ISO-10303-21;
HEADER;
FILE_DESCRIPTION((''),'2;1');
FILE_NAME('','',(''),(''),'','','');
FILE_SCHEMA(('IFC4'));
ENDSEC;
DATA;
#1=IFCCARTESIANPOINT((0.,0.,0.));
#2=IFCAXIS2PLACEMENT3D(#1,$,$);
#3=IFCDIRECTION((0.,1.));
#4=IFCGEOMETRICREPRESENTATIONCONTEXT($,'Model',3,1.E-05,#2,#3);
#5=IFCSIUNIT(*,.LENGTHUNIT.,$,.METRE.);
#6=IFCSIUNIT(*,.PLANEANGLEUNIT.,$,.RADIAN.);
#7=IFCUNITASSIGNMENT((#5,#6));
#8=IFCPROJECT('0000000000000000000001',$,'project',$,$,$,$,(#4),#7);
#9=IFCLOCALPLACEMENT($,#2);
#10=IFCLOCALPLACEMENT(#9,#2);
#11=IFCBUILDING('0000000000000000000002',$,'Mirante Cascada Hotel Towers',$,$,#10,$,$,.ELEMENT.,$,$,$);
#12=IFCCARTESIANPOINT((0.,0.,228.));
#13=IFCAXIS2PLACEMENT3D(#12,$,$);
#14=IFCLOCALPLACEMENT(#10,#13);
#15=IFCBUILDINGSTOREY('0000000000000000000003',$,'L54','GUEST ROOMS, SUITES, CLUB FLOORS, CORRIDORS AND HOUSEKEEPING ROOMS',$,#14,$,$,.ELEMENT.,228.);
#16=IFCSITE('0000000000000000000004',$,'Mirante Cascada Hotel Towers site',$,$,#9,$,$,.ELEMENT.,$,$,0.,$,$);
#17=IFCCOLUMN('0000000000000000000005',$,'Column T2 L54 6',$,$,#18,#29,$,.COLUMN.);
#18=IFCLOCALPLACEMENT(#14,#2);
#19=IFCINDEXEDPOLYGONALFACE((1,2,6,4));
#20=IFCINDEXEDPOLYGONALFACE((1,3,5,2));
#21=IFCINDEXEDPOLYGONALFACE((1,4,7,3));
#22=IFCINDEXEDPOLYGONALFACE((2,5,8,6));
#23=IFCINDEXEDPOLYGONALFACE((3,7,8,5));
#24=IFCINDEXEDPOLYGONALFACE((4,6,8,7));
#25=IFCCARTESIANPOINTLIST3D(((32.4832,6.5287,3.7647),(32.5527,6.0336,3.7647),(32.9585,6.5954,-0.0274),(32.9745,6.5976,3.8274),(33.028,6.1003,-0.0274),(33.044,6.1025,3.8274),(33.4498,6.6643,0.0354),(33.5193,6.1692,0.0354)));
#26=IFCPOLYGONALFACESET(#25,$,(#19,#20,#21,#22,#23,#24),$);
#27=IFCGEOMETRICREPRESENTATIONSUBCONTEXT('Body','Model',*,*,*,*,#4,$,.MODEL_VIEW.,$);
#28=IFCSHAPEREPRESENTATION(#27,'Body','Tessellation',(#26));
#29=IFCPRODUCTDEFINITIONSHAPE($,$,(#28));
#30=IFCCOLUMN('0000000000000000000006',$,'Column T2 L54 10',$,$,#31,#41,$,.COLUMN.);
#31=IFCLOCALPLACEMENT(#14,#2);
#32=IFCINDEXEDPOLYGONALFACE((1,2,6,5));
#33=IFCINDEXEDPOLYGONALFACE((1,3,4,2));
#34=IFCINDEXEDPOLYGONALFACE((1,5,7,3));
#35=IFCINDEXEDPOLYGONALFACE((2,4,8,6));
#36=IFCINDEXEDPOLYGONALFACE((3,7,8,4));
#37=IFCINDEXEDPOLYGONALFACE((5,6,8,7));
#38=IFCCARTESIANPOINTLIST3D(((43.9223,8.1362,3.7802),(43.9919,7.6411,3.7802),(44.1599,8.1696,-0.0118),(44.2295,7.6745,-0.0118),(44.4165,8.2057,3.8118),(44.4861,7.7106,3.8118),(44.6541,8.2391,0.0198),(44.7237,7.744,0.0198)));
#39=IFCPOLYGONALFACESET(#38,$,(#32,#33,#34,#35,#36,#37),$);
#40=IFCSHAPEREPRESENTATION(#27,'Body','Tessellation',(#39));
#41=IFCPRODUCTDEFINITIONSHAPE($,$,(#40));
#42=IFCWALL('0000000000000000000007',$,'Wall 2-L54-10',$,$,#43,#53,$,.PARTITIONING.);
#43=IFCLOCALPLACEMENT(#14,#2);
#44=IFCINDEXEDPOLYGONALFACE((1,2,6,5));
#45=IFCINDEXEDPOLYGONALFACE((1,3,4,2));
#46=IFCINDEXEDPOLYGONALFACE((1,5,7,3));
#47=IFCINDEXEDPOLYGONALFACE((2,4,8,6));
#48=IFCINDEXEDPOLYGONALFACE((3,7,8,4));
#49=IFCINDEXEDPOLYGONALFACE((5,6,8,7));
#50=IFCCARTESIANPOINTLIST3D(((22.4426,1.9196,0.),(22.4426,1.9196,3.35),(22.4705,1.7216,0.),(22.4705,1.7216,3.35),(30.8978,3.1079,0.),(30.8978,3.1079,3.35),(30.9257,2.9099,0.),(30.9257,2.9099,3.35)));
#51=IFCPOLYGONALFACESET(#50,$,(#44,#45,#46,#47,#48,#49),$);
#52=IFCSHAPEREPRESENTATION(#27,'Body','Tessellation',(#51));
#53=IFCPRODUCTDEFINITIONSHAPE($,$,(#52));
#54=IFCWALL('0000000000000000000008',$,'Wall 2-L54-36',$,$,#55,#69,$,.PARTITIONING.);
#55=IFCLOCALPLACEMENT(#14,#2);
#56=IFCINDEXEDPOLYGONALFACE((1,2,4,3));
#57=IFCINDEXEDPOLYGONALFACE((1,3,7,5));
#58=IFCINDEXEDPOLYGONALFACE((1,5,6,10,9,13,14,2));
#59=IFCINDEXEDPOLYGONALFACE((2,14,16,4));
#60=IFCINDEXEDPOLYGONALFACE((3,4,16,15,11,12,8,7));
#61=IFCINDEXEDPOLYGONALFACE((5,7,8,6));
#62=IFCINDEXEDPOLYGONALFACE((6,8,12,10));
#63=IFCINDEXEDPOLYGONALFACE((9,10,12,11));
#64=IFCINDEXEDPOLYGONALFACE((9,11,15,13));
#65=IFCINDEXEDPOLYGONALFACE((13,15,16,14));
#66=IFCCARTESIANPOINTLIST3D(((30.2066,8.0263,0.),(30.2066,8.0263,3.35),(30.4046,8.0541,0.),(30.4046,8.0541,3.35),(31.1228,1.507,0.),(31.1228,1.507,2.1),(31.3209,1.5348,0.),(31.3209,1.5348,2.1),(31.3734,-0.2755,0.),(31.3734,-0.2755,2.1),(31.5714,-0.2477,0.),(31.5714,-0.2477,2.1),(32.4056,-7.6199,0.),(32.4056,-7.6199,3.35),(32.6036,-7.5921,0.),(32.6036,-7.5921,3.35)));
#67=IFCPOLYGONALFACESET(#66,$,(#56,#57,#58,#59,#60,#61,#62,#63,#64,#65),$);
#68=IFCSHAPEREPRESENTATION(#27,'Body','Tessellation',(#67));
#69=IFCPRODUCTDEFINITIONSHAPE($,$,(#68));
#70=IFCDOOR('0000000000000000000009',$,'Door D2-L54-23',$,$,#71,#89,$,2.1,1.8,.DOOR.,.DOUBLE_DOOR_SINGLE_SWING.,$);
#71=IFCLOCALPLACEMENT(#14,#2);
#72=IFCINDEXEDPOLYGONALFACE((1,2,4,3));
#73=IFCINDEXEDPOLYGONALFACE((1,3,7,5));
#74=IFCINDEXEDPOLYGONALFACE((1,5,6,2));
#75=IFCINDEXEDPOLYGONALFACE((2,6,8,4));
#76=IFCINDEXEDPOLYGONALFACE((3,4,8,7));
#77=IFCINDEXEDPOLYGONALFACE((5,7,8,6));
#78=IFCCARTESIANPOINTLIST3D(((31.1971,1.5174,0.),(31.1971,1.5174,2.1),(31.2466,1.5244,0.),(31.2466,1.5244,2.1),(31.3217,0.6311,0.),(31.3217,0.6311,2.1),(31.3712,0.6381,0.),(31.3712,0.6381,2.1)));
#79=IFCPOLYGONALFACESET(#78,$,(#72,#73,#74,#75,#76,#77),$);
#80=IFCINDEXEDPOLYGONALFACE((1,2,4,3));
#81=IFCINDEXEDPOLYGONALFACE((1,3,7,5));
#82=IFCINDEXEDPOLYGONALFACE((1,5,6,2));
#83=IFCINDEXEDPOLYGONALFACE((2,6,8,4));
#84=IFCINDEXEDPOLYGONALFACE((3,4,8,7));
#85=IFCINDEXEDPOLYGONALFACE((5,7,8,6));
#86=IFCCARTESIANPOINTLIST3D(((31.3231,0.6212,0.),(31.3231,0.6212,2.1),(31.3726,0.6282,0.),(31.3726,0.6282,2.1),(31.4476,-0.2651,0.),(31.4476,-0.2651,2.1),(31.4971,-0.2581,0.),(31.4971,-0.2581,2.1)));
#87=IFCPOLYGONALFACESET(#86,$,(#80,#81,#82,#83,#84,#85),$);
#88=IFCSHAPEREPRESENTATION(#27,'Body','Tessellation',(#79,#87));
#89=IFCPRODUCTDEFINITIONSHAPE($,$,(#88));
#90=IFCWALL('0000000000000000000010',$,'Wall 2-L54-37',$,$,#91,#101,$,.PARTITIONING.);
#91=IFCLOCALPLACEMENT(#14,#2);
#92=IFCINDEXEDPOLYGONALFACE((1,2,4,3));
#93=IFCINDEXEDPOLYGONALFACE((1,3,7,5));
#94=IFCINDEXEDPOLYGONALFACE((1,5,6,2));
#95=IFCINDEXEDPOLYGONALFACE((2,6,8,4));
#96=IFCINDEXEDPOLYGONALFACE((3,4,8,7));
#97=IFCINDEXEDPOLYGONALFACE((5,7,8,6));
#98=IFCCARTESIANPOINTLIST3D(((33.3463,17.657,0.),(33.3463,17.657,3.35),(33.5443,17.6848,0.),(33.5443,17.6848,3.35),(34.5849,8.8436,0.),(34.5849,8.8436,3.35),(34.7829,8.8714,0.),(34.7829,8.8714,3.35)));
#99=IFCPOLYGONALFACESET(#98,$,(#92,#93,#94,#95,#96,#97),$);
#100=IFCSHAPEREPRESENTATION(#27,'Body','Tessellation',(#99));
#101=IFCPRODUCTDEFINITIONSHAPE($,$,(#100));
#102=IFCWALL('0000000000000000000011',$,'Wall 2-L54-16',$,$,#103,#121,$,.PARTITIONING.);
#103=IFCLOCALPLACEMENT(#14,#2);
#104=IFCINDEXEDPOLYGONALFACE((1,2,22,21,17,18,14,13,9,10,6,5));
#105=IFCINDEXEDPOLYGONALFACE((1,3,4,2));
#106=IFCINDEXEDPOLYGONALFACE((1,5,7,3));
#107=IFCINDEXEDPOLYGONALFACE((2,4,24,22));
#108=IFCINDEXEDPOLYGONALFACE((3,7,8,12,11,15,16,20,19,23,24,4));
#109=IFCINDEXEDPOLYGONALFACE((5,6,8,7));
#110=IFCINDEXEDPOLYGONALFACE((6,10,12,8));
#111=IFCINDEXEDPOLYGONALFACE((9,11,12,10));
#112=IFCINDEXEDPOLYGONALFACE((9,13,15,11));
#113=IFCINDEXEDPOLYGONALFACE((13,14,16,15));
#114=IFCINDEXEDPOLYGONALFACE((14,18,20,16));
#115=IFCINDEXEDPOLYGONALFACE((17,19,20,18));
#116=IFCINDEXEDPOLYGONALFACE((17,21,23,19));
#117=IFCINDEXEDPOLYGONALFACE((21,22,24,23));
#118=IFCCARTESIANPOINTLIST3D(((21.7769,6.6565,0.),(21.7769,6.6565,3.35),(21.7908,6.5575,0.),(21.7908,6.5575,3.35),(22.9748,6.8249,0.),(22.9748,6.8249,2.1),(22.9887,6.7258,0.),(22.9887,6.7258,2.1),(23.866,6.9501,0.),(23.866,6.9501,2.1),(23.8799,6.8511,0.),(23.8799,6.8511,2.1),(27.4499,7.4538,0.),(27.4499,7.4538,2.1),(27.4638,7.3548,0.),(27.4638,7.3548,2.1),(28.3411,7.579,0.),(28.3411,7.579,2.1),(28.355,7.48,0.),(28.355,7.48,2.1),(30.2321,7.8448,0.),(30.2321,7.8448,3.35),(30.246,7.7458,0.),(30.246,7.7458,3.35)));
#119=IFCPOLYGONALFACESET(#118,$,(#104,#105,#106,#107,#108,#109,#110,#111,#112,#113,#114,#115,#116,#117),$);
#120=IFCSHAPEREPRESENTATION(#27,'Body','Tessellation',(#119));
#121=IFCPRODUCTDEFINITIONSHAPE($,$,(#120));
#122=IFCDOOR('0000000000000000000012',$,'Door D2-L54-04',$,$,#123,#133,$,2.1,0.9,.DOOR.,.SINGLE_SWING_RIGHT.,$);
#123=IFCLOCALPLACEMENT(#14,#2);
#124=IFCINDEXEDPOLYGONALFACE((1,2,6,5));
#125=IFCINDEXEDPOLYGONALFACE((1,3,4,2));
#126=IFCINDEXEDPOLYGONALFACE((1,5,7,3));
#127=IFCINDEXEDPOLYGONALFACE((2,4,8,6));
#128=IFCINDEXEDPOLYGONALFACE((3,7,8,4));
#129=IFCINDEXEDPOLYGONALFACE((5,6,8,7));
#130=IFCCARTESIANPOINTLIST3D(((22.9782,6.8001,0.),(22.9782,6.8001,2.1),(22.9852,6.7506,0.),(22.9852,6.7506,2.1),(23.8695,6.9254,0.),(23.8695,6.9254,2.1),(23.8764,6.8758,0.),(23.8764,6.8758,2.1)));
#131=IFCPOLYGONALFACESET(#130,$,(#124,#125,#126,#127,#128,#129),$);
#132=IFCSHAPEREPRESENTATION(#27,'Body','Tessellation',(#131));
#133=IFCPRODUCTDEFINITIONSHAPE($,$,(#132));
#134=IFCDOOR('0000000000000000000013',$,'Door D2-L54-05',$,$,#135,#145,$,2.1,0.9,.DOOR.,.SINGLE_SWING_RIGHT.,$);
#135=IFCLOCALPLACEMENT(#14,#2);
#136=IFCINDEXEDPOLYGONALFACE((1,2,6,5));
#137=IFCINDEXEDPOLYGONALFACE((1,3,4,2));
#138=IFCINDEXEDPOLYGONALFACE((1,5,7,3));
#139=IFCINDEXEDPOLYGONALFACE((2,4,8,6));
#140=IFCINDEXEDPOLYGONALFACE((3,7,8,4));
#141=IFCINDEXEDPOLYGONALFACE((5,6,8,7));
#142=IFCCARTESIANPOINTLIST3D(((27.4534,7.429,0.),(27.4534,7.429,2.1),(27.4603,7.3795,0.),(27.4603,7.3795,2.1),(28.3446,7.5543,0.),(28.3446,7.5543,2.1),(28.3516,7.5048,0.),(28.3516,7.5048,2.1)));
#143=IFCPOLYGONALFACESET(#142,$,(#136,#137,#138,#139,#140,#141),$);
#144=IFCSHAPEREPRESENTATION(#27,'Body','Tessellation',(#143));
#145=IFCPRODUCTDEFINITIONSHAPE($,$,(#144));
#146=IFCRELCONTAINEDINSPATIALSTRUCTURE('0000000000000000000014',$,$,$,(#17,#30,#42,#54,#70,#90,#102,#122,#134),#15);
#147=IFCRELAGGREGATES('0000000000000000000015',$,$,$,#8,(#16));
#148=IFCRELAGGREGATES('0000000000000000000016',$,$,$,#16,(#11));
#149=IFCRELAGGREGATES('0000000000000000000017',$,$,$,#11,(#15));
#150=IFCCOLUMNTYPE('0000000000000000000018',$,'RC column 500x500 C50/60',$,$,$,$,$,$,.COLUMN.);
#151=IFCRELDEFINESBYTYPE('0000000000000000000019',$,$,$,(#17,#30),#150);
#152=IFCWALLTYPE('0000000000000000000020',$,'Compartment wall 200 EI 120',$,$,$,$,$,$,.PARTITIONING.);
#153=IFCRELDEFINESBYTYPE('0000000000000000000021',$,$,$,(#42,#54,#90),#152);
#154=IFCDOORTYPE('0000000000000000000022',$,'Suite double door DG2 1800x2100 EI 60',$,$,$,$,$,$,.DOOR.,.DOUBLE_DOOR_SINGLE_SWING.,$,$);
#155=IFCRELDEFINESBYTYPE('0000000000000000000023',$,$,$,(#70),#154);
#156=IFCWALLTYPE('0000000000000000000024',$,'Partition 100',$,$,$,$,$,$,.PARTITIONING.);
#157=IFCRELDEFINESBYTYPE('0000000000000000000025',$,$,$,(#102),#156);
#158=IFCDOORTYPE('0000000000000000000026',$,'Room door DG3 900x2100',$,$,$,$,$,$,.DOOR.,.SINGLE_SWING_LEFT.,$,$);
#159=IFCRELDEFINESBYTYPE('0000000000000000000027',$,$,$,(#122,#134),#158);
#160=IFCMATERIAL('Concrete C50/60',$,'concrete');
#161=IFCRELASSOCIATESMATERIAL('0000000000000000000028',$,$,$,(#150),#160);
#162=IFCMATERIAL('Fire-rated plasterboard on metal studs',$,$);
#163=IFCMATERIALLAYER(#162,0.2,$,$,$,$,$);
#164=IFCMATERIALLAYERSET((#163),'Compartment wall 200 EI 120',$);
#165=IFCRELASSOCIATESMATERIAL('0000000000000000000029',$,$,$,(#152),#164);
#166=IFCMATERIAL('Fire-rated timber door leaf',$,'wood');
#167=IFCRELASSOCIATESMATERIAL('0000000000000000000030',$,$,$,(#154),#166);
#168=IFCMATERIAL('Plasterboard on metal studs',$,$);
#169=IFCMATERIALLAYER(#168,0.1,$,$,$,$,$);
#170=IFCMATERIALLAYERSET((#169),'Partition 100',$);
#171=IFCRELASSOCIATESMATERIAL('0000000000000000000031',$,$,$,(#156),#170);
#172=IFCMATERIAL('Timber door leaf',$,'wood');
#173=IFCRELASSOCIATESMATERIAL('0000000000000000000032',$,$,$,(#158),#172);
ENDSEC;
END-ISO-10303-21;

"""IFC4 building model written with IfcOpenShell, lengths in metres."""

from ifc_helpers import new_model, si_unit, direction, frame, frame_2d, origin, origin_2d, place, context, subcontext, project, spatial, rectangle, extrude, material, layer, layer_set, material_profile, profile_set, type_object, element, fill, save


model = new_model("IFC4")

# Units and contexts
model_context = context("Model", 3, precision=1e-05, world=origin(), true_north=direction((0.0, 1.0)))
body_context = subcontext(model_context, "Body", "Model", "MODEL_VIEW")
ifc_project = project(units=[si_unit("LENGTHUNIT", "METRE"), si_unit("PLANEANGLEUNIT", "RADIAN")], contexts=[model_context])

# Site, building, storey
site_placement = place(None, origin())
site = spatial("IfcSite", under=ifc_project, at=site_placement, Name="Mirante Cascada Hotel Towers site", CompositionType="ELEMENT", RefElevation=0.0)
building_placement = place(site_placement, origin())
building = spatial("IfcBuilding", under=site, at=building_placement, Name="Mirante Cascada Hotel Towers", CompositionType="ELEMENT")
storey_placement = place(building_placement, frame((0.0, 0.0, 228.0)))
storey = spatial("IfcBuildingStorey", under=building, at=storey_placement, Name="L54", Description="GUEST ROOMS, SUITES, CLUB FLOORS, CORRIDORS AND HOUSEKEEPING ROOMS", CompositionType="ELEMENT", Elevation=228.0)

# Columns
ifc_material_1 = material(Name="Concrete C50/60", Category="concrete")
ifc_material_profile = material_profile(ifc_material_1, rectangle(XDim=0.5, YDim=0.5, at=origin_2d()), Name="RC column 500x500 C50/60")
ifc_profile_set = profile_set([ifc_material_profile], Name="Concrete C50/60")
column_type = type_object("IfcColumnType", Name="RC column 500x500 C50/60", PredefinedType="COLUMN", material=ifc_profile_set)
column_1_placement = place(storey_placement, frame((33.2389, 6.3823, 0.004), z_axis=(-0.124351, -0.01745, 0.992085), x_axis=(0.138971, -0.990297, 0.0)))
element("IfcColumn", 1, at=column_1_placement, inside=storey, type_object=column_type, Name="Column T2 L54 6", PredefinedType="COLUMN", context=body_context, shape_type="SweptSolid", body=[
    extrude(rectangle(XDim=0.5, YDim=0.5, at=origin_2d()), origin(), (0.0, 0.0, 1.0), 3.8223),
])
column_2_placement = place(storey_placement, frame((44.4418, 7.9568, 0.004), z_axis=(-0.062533, -0.00879, 0.998004), x_axis=(0.139204, -0.990264, 0.0)))
element("IfcColumn", 2, at=column_2_placement, inside=storey, type_object=column_type, Name="Column T2 L54 10", PredefinedType="COLUMN", context=body_context, shape_type="SweptSolid", body=[
    extrude(rectangle(XDim=0.5, YDim=0.5, at=origin_2d()), origin(), (0.0, 0.0, 1.0), 3.7996),
])

# Wall
ifc_material_2 = material(Name="Fire-rated plasterboard on metal studs")
ifc_layer_1 = layer(ifc_material_2, 0.2)
ifc_layer_set_1 = layer_set([ifc_layer_1], Name="Compartment wall 200 EI 120")
wall_type_1 = type_object("IfcWallType", Name="Compartment wall 200 EI 120", PredefinedType="PARTITIONING", material=ifc_layer_set_1)
wall_1_placement = place(storey_placement, frame((30.9118, 3.0089, 0.0), z_axis=(0.0, 0.0, 1.0), x_axis=(-0.990268, -0.139173, 0.0)))
element("IfcWall", 3, at=wall_1_placement, inside=storey, type_object=wall_type_1, Name="Wall 2-L54-10", PredefinedType="PARTITIONING", context=body_context, shape_type="SweptSolid", body=[
    extrude(rectangle(XDim=8.5383, YDim=0.2, at=frame_2d((4.2692, 0.0))), origin(), (0.0, 0.0, 1.0), 3.35),
])

# Wall, opening, door
wall_2_placement = place(storey_placement, frame((30.3056, 8.0402, 0.0), z_axis=(0.0, 0.0, 1.0), x_axis=(0.139177, -0.990267, 0.0)))
wall_2 = element("IfcWall", 4, at=wall_2_placement, inside=storey, type_object=wall_type_1, Name="Wall 2-L54-36", PredefinedType="PARTITIONING", context=body_context, shape_type="SweptSolid", body=[
    extrude(rectangle(XDim=15.8, YDim=0.2, at=frame_2d((7.9, 0.0))), origin(), (0.0, 0.0, 1.0), 3.35),
])
opening_1_placement = place(wall_2_placement, frame((6.5834, 0.0, 0.0)))
opening_1 = element("IfcOpeningElement", 5, at=opening_1_placement, cuts=wall_2, PredefinedType="OPENING", context=body_context, shape_type="SweptSolid", body=[
    extrude(rectangle(XDim=1.8, YDim=2.1, at=frame_2d((0.9, 1.05))), frame((0.0, 0.1, 0.0), z_axis=(0.0, -1.0, 0.0), x_axis=(1.0, 0.0, 0.0)), (0.0, 0.0, 1.0), 0.2),
])
ifc_material_3 = material(Name="Fire-rated timber door leaf", Category="wood")
door_type_1 = type_object("IfcDoorType", Name="Suite double door DG2 1800x2100 EI 60", OperationType="DOUBLE_DOOR_SINGLE_SWING", PredefinedType="DOOR", material=ifc_material_3)
door_1_placement = place(opening_1_placement, origin())
door_1 = element("IfcDoor", 6, at=door_1_placement, inside=storey, type_object=door_type_1, Name="Door D2-L54-23", OperationType="DOUBLE_DOOR_SINGLE_SWING", OverallHeight=2.1, OverallWidth=1.8, PredefinedType="DOOR", context=body_context, shape_type="SweptSolid", body=[
    extrude(rectangle(XDim=0.895, YDim=2.1, at=frame_2d((0.4475, 1.05))), frame((0.0, 0.025, 0.0), z_axis=(0.0, -1.0, 0.0), x_axis=(1.0, 0.0, 0.0)), (0.0, 0.0, 1.0), 0.05),
    extrude(rectangle(XDim=0.895, YDim=2.1, at=frame_2d((1.3525, 1.05))), frame((0.0, 0.025, 0.0), z_axis=(0.0, -1.0, 0.0), x_axis=(1.0, 0.0, 0.0)), (0.0, 0.0, 1.0), 0.05),
])
fill(opening_1, door_1)

# Wall
wall_3_placement = place(storey_placement, frame((34.6839, 8.8575, 0.0), z_axis=(0.0, 0.0, 1.0), x_axis=(-0.139168, 0.990269, 0.0)))
element("IfcWall", 7, at=wall_3_placement, inside=storey, type_object=wall_type_1, Name="Wall 2-L54-37", PredefinedType="PARTITIONING", context=body_context, shape_type="SweptSolid", body=[
    extrude(rectangle(XDim=8.9, YDim=0.2, at=frame_2d((4.45, 0.0))), origin(), (0.0, 0.0, 1.0), 3.35),
])

# Wall, openings, doors
ifc_material_4 = material(Name="Plasterboard on metal studs")
ifc_layer_2 = layer(ifc_material_4, 0.1)
ifc_layer_set_2 = layer_set([ifc_layer_2], Name="Partition 100")
wall_type_2 = type_object("IfcWallType", Name="Partition 100", PredefinedType="PARTITIONING", material=ifc_layer_set_2)
wall_4_placement = place(storey_placement, frame((30.2391, 7.7953, 0.0), z_axis=(0.0, 0.0, 1.0), x_axis=(-0.990268, -0.139173, 0.0)))
wall_4 = element("IfcWall", 8, at=wall_4_placement, inside=storey, type_object=wall_type_2, Name="Wall 2-L54-16", PredefinedType="PARTITIONING", context=body_context, shape_type="SweptSolid", body=[
    extrude(rectangle(XDim=8.5383, YDim=0.1, at=frame_2d((4.2692, 0.0))), origin(), (0.0, 0.0, 1.0), 3.35),
])
opening_2_placement = place(wall_4_placement, frame((6.4287, 0.0, 0.0)))
opening_2 = element("IfcOpeningElement", 9, at=opening_2_placement, cuts=wall_4, PredefinedType="OPENING", context=body_context, shape_type="SweptSolid", body=[
    extrude(rectangle(XDim=0.9, YDim=2.1, at=frame_2d((0.45, 1.05))), frame((0.0, 0.05, 0.0), z_axis=(0.0, -1.0, 0.0), x_axis=(1.0, 0.0, 0.0)), (0.0, 0.0, 1.0), 0.1),
])
opening_3_placement = place(wall_4_placement, frame((1.9096, 0.0, 0.0)))
opening_3 = element("IfcOpeningElement", 10, at=opening_3_placement, cuts=wall_4, PredefinedType="OPENING", context=body_context, shape_type="SweptSolid", body=[
    extrude(rectangle(XDim=0.9, YDim=2.1, at=frame_2d((0.45, 1.05))), frame((0.0, 0.05, 0.0), z_axis=(0.0, -1.0, 0.0), x_axis=(1.0, 0.0, 0.0)), (0.0, 0.0, 1.0), 0.1),
])
ifc_material_5 = material(Name="Timber door leaf", Category="wood")
door_type_2 = type_object("IfcDoorType", Name="Room door DG3 900x2100", OperationType="SINGLE_SWING_LEFT", PredefinedType="DOOR", material=ifc_material_5)
door_2_placement = place(opening_2_placement, frame((0.9, 0.0, 0.0), z_axis=(0.0, 0.0, 1.0), x_axis=(-1.0, 0.0, 0.0)))
door_2 = element("IfcDoor", 11, at=door_2_placement, inside=storey, type_object=door_type_2, Name="Door D2-L54-04", OperationType="SINGLE_SWING_RIGHT", OverallHeight=2.1, OverallWidth=0.9, PredefinedType="DOOR", context=body_context, shape_type="SweptSolid", body=[
    extrude(rectangle(XDim=0.9, YDim=2.1, at=frame_2d((0.45, 1.05))), frame((0.0, 0.025, 0.0), z_axis=(0.0, -1.0, 0.0), x_axis=(1.0, 0.0, 0.0)), (0.0, 0.0, 1.0), 0.05),
])
fill(opening_2, door_2)
door_3_placement = place(opening_3_placement, frame((0.9, 0.0, 0.0), z_axis=(0.0, 0.0, 1.0), x_axis=(-1.0, 0.0, 0.0)))
door_3 = element("IfcDoor", 12, at=door_3_placement, inside=storey, type_object=door_type_2, Name="Door D2-L54-05", OperationType="SINGLE_SWING_RIGHT", OverallHeight=2.1, OverallWidth=0.9, PredefinedType="DOOR", context=body_context, shape_type="SweptSolid", body=[
    extrude(rectangle(XDim=0.9, YDim=2.1, at=frame_2d((0.45, 1.05))), frame((0.0, 0.025, 0.0), z_axis=(0.0, -1.0, 0.0), x_axis=(1.0, 0.0, 0.0)), (0.0, 0.0, 1.0), 0.05),
])
fill(opening_3, door_3)

save(model, "model.ifc")
